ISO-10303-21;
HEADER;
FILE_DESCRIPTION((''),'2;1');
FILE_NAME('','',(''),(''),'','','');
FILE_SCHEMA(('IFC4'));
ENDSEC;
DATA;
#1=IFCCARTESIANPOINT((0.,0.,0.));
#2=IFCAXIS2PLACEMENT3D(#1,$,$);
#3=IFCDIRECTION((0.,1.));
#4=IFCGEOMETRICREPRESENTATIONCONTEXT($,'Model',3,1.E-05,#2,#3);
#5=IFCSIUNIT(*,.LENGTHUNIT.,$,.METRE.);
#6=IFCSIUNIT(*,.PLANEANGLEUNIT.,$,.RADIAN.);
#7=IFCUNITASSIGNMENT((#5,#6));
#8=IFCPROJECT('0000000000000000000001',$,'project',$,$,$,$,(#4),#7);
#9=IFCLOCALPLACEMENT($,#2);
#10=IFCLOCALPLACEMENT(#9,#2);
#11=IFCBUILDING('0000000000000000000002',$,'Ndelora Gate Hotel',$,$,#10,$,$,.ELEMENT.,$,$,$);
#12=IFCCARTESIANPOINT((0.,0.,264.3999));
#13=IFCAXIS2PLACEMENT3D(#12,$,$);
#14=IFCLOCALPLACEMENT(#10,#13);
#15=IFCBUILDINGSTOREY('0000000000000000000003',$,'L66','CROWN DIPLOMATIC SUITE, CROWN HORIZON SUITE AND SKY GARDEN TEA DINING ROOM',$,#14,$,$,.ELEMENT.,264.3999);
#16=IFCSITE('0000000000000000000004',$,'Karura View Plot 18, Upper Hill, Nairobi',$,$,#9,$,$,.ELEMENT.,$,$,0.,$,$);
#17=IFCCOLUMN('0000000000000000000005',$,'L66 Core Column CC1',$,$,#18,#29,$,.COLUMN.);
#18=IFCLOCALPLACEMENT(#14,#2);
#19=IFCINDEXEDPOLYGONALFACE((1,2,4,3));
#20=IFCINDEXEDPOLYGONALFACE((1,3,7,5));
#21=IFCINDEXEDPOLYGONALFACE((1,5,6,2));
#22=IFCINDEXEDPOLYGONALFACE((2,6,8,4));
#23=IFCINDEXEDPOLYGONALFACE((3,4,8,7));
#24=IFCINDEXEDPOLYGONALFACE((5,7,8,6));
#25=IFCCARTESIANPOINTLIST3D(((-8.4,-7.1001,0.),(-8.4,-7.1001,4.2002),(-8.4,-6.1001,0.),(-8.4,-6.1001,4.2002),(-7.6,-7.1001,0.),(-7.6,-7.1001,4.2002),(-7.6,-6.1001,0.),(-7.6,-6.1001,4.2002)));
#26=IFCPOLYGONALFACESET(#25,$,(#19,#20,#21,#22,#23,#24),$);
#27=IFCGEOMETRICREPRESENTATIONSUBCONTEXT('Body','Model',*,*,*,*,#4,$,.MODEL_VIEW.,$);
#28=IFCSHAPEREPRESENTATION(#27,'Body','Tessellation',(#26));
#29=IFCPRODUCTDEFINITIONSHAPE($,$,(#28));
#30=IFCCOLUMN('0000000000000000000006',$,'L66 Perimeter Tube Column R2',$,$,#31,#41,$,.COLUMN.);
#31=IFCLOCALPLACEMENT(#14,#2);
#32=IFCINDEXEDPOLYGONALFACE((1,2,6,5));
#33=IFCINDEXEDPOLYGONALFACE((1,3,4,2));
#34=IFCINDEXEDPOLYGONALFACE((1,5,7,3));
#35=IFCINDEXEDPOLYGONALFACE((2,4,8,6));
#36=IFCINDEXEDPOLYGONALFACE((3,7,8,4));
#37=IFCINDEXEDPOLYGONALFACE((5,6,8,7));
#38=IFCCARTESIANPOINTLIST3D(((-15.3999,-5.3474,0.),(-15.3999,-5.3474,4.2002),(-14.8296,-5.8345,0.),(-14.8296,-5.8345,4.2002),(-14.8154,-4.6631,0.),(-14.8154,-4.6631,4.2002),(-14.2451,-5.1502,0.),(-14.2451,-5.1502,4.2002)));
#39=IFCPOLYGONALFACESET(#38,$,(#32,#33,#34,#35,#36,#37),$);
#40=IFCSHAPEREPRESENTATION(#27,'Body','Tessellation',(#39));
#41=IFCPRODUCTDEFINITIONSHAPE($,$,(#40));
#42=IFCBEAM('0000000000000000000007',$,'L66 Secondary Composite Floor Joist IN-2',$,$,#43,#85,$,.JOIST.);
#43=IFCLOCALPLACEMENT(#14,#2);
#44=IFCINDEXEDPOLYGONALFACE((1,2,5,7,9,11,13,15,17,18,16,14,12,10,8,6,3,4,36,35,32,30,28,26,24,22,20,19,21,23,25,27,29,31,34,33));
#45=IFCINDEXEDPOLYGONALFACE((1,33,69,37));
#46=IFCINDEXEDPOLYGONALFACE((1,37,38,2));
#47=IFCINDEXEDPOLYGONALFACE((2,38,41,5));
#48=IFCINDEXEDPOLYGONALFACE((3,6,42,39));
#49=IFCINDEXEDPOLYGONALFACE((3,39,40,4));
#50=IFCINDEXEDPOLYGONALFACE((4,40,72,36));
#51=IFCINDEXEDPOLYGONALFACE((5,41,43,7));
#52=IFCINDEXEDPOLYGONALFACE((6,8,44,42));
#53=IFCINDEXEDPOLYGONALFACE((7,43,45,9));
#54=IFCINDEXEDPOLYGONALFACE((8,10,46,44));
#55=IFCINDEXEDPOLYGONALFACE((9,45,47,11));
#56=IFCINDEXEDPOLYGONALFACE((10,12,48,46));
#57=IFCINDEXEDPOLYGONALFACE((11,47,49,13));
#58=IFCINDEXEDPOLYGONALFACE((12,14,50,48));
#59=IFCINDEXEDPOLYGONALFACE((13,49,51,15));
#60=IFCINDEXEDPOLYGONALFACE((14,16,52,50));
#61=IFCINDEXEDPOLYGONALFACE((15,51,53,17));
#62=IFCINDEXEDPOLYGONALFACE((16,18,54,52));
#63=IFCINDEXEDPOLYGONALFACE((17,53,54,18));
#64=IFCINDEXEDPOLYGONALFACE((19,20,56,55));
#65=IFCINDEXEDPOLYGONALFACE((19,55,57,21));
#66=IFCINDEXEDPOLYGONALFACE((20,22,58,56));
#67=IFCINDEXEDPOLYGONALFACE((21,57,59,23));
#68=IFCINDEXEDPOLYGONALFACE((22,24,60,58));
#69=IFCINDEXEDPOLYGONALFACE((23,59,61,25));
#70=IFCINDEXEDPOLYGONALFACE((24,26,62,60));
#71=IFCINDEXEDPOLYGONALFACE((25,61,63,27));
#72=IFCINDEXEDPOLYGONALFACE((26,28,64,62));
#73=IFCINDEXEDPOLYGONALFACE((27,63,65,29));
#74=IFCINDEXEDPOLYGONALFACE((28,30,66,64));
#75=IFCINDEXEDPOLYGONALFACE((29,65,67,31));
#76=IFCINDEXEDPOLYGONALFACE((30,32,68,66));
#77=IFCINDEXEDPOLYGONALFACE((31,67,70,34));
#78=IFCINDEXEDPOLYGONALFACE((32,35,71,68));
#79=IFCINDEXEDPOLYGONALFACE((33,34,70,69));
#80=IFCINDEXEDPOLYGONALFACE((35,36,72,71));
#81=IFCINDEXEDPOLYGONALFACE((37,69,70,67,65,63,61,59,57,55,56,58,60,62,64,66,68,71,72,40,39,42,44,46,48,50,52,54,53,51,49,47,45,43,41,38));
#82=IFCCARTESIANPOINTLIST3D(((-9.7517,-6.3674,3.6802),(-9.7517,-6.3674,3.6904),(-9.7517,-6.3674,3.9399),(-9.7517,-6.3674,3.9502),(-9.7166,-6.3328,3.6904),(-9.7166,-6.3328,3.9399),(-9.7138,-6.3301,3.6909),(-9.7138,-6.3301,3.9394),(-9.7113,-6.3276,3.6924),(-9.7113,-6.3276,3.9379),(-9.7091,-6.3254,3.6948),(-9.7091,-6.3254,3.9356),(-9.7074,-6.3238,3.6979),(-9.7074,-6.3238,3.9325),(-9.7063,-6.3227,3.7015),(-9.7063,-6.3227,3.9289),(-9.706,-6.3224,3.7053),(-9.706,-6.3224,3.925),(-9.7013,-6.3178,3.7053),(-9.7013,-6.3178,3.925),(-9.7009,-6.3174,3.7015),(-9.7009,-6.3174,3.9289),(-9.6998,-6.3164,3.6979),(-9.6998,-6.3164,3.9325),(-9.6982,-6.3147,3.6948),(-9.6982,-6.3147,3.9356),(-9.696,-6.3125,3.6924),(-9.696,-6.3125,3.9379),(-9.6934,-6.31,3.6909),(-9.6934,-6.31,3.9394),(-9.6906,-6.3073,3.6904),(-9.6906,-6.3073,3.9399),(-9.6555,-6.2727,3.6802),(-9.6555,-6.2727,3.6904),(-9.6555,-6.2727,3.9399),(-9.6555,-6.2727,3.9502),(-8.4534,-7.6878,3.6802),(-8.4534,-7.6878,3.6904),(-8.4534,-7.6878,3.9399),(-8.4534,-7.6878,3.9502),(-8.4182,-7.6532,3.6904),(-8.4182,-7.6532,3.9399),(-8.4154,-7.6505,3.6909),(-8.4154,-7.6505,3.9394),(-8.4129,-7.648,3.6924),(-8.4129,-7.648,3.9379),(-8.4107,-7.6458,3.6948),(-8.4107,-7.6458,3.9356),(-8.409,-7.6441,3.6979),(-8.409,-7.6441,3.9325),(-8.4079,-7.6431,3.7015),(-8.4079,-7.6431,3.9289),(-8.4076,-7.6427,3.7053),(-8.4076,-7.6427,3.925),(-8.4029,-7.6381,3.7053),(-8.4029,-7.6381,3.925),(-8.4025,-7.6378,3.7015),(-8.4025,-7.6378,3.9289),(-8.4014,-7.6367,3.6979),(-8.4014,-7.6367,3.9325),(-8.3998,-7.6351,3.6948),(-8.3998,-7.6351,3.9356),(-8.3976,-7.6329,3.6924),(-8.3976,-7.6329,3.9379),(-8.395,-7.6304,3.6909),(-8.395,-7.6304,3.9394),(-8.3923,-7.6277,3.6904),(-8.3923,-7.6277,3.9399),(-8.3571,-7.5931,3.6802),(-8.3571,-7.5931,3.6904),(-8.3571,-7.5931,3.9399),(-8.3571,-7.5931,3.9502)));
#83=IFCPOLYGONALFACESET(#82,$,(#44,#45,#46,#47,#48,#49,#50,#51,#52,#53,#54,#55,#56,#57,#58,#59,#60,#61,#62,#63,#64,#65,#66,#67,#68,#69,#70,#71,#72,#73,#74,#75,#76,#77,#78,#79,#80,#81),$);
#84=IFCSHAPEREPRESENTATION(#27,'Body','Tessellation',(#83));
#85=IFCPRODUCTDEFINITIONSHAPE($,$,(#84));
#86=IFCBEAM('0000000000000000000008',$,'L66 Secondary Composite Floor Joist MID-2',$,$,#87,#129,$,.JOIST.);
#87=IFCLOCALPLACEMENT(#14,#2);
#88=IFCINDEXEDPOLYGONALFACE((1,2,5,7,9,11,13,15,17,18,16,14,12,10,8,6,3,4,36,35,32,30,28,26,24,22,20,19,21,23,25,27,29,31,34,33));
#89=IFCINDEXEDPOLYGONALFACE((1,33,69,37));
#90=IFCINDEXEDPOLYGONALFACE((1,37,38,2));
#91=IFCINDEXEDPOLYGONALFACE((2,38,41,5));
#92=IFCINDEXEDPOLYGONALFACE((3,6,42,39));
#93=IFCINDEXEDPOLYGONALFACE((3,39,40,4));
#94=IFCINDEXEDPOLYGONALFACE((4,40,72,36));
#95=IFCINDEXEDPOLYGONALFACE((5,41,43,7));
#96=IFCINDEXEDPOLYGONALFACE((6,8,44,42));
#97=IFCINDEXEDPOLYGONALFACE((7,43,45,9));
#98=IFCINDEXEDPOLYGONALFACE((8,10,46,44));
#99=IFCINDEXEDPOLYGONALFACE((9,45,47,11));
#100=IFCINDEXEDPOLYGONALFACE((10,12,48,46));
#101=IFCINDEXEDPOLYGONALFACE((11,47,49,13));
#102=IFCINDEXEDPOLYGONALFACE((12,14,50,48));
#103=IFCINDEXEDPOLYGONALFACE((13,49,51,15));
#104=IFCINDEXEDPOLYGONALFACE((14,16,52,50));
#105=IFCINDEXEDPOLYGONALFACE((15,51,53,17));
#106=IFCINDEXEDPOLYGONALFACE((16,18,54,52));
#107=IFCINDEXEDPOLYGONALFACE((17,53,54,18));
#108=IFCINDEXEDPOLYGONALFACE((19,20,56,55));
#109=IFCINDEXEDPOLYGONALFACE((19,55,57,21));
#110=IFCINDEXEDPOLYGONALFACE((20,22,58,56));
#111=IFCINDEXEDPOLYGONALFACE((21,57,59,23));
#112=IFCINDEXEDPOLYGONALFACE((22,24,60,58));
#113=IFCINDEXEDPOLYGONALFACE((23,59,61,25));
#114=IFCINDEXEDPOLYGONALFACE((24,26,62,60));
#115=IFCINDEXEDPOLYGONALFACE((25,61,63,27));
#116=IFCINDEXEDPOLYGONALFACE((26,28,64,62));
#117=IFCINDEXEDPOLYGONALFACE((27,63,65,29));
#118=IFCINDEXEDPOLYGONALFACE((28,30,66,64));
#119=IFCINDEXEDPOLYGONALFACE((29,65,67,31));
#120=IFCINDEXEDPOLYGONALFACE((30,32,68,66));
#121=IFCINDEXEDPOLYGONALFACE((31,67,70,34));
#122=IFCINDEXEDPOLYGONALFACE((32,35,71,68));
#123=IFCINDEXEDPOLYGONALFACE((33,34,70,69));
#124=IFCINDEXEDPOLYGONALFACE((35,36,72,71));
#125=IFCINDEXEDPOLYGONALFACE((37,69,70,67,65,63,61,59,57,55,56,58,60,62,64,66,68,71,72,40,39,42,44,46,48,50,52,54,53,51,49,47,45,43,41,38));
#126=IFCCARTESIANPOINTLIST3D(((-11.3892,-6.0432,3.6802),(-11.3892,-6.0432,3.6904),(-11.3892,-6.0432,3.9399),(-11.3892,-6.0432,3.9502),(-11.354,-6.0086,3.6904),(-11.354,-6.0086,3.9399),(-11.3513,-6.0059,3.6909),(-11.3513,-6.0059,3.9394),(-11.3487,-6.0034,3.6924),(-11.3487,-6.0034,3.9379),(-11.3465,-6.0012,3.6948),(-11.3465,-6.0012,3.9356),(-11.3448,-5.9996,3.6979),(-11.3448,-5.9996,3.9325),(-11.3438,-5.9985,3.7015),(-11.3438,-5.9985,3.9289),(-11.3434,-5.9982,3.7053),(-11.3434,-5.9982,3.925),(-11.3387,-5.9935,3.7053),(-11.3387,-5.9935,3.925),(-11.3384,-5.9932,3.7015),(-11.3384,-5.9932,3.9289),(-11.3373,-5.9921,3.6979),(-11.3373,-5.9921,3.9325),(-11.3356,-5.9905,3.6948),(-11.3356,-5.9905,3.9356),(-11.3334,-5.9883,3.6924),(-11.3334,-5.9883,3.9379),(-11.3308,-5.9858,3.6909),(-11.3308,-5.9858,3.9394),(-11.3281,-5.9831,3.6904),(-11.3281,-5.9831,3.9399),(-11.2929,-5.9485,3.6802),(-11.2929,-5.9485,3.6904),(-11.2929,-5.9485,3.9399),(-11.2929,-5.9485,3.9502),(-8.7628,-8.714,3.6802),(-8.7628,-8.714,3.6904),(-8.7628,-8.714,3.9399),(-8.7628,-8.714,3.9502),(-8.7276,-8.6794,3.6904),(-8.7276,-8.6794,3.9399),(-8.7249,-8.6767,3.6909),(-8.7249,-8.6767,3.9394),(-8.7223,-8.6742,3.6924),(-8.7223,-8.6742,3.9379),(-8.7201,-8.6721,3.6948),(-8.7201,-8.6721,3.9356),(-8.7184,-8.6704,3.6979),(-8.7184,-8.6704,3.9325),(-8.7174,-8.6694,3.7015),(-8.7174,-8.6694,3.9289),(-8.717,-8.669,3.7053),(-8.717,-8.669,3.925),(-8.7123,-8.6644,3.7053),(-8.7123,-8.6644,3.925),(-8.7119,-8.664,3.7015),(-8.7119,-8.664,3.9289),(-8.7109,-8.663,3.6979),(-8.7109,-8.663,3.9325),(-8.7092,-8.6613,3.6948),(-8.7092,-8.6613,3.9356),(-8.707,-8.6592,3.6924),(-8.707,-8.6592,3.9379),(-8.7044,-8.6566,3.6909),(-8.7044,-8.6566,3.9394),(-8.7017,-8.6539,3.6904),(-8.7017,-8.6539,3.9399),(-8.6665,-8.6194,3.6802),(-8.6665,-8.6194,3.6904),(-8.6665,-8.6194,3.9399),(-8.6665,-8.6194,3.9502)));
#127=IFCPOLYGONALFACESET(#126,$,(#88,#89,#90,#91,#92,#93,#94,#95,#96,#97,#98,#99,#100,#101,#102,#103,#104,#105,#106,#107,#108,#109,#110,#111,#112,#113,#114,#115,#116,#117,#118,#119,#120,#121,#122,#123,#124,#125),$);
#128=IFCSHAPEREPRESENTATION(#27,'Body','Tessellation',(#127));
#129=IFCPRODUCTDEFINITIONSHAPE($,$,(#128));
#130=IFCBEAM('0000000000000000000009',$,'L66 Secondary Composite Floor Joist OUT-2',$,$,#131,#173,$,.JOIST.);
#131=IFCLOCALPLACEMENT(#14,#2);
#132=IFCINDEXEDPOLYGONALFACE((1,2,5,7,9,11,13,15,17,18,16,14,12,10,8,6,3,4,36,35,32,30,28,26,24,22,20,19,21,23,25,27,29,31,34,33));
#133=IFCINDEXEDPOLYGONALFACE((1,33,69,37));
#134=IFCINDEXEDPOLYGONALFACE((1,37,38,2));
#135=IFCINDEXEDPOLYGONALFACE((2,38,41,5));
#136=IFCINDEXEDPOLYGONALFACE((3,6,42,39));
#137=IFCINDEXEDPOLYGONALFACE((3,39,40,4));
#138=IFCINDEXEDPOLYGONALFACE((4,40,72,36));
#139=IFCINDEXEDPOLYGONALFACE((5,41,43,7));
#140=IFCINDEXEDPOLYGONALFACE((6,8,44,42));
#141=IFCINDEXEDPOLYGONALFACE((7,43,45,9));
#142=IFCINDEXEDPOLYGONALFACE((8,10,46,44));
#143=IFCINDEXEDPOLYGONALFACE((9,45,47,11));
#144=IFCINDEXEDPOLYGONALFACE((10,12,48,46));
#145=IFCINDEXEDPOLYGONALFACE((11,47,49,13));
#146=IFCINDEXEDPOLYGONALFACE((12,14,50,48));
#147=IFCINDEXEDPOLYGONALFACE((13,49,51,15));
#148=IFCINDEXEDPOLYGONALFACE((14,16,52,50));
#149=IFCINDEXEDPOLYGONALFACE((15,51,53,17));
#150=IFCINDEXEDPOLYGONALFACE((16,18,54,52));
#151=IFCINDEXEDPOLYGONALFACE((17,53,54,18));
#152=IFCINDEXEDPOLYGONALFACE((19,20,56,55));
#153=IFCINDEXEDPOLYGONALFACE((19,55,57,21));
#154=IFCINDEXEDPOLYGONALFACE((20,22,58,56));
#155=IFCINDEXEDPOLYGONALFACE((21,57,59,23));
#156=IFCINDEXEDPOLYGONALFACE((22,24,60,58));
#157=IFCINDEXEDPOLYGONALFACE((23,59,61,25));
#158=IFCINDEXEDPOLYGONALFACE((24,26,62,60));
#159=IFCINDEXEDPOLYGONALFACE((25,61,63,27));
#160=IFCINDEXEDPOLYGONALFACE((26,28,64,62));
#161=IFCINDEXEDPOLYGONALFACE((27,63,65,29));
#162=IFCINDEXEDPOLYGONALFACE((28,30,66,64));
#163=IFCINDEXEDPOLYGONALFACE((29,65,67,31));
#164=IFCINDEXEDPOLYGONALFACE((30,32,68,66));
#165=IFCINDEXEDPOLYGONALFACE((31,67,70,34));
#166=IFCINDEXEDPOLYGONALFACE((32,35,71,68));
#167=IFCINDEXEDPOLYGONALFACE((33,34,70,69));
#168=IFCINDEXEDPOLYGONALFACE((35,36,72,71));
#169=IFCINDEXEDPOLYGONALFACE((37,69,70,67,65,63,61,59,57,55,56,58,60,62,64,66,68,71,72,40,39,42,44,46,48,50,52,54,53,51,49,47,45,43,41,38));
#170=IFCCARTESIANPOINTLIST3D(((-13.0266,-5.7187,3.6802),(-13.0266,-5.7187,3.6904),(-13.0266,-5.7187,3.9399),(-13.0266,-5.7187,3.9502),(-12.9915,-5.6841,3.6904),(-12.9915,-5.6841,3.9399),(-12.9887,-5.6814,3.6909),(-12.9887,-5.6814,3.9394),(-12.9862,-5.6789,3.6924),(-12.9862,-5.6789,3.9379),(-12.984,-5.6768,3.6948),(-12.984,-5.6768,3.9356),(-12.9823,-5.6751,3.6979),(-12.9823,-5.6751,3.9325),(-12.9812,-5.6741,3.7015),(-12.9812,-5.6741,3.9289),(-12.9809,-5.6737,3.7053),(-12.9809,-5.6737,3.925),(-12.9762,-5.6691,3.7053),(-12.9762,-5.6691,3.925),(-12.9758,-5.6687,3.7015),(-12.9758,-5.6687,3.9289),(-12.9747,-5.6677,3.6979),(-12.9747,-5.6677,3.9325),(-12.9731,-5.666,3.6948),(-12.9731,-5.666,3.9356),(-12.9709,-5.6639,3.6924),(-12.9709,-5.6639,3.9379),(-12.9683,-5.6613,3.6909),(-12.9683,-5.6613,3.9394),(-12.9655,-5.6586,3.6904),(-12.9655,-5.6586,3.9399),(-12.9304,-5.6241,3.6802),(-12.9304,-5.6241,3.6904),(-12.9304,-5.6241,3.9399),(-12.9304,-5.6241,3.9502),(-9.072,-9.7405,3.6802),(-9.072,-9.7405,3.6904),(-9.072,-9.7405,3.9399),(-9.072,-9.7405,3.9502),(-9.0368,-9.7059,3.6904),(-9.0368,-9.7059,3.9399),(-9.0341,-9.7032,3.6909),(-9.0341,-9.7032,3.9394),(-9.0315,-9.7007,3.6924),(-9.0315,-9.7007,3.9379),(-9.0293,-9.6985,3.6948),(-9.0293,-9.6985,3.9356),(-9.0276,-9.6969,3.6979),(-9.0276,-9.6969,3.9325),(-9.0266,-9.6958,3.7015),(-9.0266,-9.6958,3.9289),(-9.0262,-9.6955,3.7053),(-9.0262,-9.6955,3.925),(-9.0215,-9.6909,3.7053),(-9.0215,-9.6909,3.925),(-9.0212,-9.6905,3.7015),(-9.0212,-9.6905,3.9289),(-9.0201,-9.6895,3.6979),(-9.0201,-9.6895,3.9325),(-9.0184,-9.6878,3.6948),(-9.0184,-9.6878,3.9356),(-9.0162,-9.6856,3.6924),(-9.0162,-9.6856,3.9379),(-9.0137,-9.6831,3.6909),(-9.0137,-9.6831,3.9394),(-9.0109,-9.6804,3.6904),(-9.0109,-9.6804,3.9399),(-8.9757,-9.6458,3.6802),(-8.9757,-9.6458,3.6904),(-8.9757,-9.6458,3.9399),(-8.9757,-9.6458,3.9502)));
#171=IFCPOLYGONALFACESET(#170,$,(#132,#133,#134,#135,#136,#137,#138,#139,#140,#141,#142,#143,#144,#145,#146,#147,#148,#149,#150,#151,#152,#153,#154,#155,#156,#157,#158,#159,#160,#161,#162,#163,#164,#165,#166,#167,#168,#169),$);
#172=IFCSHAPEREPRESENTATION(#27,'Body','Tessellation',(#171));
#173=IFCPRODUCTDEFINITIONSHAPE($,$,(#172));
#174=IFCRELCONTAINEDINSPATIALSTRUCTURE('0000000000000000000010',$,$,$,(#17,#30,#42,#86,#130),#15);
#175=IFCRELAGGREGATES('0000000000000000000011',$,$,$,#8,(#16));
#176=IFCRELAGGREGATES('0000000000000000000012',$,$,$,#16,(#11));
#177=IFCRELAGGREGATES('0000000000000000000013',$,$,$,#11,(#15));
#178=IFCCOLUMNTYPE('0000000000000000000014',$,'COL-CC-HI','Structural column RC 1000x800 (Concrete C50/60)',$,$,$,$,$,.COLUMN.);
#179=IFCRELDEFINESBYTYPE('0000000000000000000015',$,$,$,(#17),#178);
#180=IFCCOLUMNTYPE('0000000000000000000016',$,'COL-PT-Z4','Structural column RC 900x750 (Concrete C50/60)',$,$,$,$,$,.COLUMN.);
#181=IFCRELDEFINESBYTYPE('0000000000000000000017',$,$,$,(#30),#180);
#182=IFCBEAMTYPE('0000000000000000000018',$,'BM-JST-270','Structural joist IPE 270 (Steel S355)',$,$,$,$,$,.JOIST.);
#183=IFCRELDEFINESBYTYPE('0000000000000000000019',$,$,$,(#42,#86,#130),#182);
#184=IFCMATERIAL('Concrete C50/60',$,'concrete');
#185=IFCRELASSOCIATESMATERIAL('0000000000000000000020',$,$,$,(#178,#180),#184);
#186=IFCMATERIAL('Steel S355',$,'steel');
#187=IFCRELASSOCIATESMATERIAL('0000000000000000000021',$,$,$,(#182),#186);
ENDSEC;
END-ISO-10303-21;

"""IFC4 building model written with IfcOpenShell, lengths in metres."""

from ifc_helpers import new_model, si_unit, direction, frame, origin, origin_2d, place, context, subcontext, project, spatial, rectangle, i_section, extrude, material, material_profile, profile_set, type_object, element, save


model = new_model("IFC4")

# Units and contexts
model_context = context("Model", 3, precision=1e-05, world=origin(), true_north=direction((0.0, 1.0)))
body_context = subcontext(model_context, "Body", "Model", "MODEL_VIEW")
ifc_project = project(units=[si_unit("LENGTHUNIT", "METRE"), si_unit("PLANEANGLEUNIT", "RADIAN")], contexts=[model_context])

# Site, building, storey
site_placement = place(None, origin())
site = spatial("IfcSite", under=ifc_project, at=site_placement, Name="Karura View Plot 18, Upper Hill, Nairobi", CompositionType="ELEMENT", RefElevation=0.0)
building_placement = place(site_placement, origin())
building = spatial("IfcBuilding", under=site, at=building_placement, Name="Ndelora Gate Hotel", CompositionType="ELEMENT")
storey_placement = place(building_placement, frame((0.0, 0.0, 264.3999)))
storey = spatial("IfcBuildingStorey", under=building, at=storey_placement, Name="L66", Description="CROWN DIPLOMATIC SUITE, CROWN HORIZON SUITE AND SKY GARDEN TEA DINING ROOM", CompositionType="ELEMENT", Elevation=264.3999)

# Columns
ifc_material_1 = material(Name="Concrete C50/60", Category="concrete")
ifc_material_profile_1 = material_profile(ifc_material_1, rectangle(XDim=0.8, YDim=1.0, at=origin_2d()), Name="RC 1000x800")
ifc_profile_set_1 = profile_set([ifc_material_profile_1], Name="Concrete C50/60")
column_type_1 = type_object("IfcColumnType", Name="COL-CC-HI", Description="Structural column RC 1000x800 (Concrete C50/60)", PredefinedType="COLUMN", material=ifc_profile_set_1)
column_1_placement = place(storey_placement, frame((-8.0, -6.6001, 0.0), z_axis=(0.0, 0.0, 1.0), x_axis=(1.0, 0.0, 0.0)))
element("IfcColumn", 1, at=column_1_placement, inside=storey, type_object=column_type_1, Name="L66 Core Column CC1", PredefinedType="COLUMN", context=body_context, shape_type="SweptSolid", body=[
    extrude(rectangle(XDim=0.8, YDim=1.0, at=origin_2d()), origin(), (0.0, 0.0, 1.0), 4.2002),
])
ifc_material_profile_2 = material_profile(ifc_material_1, rectangle(XDim=0.75, YDim=0.8999, at=origin_2d()), Name="RC 900x750")
ifc_profile_set_2 = profile_set([ifc_material_profile_2], Name="Concrete C50/60")
column_type_2 = type_object("IfcColumnType", Name="COL-PT-Z4", Description="Structural column RC 900x750 (Concrete C50/60)", PredefinedType="COLUMN", material=ifc_profile_set_2)
column_2_placement = place(storey_placement, frame((-14.8225, -5.2488, 0.0), z_axis=(0.0, 0.0, 1.0), x_axis=(-0.760406, 0.649448, 0.0)))
element("IfcColumn", 2, at=column_2_placement, inside=storey, type_object=column_type_2, Name="L66 Perimeter Tube Column R2", PredefinedType="COLUMN", context=body_context, shape_type="SweptSolid", body=[
    extrude(rectangle(XDim=0.75, YDim=0.8999, at=origin_2d()), origin(), (0.0, 0.0, 1.0), 4.2002),
])

# Beams
ifc_material_2 = material(Name="Steel S355", Category="steel")
ifc_material_profile_3 = material_profile(ifc_material_2, i_section(OverallWidth=0.135, OverallDepth=0.27, WebThickness=0.0066, FlangeThickness=0.0103, FilletRadius=0.0149, at=origin_2d()), Name="IPE 270")
ifc_profile_set_3 = profile_set([ifc_material_profile_3], Name="Steel S355")
beam_type_1 = type_object("IfcBeamType", Name="BM-JST-270", Description="Structural joist IPE 270 (Steel S355)", PredefinedType="JOIST", material=ifc_profile_set_3)
beam_1_placement = place(storey_placement, frame((-9.7036, -6.3201, 3.8152), z_axis=(0.701149, -0.713015, 0.0), x_axis=(0.713015, 0.701149, 0.0)))
element("IfcBeam", 3, at=beam_1_placement, inside=storey, type_object=beam_type_1, Name="L66 Secondary Composite Floor Joist IN-2", PredefinedType="JOIST", context=body_context, shape_type="SweptSolid", body=[
    extrude(i_section(OverallWidth=0.135, OverallDepth=0.27, WebThickness=0.0066, FlangeThickness=0.0103, FilletRadius=0.0149, at=origin_2d()), origin(), (0.0, 0.0, 1.0), 1.8518),
])
beam_2_placement = place(storey_placement, frame((-11.3411, -5.9958, 3.8152), z_axis=(0.701151, -0.713013, 0.0), x_axis=(0.713013, 0.701151, 0.0)))
element("IfcBeam", 4, at=beam_2_placement, inside=storey, type_object=beam_type_1, Name="L66 Secondary Composite Floor Joist MID-2", PredefinedType="JOIST", context=body_context, shape_type="SweptSolid", body=[
    extrude(i_section(OverallWidth=0.135, OverallDepth=0.27, WebThickness=0.0066, FlangeThickness=0.0103, FilletRadius=0.0149, at=origin_2d()), origin(), (0.0, 0.0, 1.0), 3.7458),
])
beam_3_placement = place(storey_placement, frame((-12.9785, -5.6714, 3.8152), z_axis=(0.70113, -0.713033, 0.0), x_axis=(0.713033, 0.70113, 0.0)))
element("IfcBeam", 5, at=beam_3_placement, inside=storey, type_object=beam_type_1, Name="L66 Secondary Composite Floor Joist OUT-2", PredefinedType="JOIST", context=body_context, shape_type="SweptSolid", body=[
    extrude(i_section(OverallWidth=0.135, OverallDepth=0.27, WebThickness=0.0066, FlangeThickness=0.0103, FilletRadius=0.0149, at=origin_2d()), origin(), (0.0, 0.0, 1.0), 5.6404),
])

save(model, "model.ifc")
